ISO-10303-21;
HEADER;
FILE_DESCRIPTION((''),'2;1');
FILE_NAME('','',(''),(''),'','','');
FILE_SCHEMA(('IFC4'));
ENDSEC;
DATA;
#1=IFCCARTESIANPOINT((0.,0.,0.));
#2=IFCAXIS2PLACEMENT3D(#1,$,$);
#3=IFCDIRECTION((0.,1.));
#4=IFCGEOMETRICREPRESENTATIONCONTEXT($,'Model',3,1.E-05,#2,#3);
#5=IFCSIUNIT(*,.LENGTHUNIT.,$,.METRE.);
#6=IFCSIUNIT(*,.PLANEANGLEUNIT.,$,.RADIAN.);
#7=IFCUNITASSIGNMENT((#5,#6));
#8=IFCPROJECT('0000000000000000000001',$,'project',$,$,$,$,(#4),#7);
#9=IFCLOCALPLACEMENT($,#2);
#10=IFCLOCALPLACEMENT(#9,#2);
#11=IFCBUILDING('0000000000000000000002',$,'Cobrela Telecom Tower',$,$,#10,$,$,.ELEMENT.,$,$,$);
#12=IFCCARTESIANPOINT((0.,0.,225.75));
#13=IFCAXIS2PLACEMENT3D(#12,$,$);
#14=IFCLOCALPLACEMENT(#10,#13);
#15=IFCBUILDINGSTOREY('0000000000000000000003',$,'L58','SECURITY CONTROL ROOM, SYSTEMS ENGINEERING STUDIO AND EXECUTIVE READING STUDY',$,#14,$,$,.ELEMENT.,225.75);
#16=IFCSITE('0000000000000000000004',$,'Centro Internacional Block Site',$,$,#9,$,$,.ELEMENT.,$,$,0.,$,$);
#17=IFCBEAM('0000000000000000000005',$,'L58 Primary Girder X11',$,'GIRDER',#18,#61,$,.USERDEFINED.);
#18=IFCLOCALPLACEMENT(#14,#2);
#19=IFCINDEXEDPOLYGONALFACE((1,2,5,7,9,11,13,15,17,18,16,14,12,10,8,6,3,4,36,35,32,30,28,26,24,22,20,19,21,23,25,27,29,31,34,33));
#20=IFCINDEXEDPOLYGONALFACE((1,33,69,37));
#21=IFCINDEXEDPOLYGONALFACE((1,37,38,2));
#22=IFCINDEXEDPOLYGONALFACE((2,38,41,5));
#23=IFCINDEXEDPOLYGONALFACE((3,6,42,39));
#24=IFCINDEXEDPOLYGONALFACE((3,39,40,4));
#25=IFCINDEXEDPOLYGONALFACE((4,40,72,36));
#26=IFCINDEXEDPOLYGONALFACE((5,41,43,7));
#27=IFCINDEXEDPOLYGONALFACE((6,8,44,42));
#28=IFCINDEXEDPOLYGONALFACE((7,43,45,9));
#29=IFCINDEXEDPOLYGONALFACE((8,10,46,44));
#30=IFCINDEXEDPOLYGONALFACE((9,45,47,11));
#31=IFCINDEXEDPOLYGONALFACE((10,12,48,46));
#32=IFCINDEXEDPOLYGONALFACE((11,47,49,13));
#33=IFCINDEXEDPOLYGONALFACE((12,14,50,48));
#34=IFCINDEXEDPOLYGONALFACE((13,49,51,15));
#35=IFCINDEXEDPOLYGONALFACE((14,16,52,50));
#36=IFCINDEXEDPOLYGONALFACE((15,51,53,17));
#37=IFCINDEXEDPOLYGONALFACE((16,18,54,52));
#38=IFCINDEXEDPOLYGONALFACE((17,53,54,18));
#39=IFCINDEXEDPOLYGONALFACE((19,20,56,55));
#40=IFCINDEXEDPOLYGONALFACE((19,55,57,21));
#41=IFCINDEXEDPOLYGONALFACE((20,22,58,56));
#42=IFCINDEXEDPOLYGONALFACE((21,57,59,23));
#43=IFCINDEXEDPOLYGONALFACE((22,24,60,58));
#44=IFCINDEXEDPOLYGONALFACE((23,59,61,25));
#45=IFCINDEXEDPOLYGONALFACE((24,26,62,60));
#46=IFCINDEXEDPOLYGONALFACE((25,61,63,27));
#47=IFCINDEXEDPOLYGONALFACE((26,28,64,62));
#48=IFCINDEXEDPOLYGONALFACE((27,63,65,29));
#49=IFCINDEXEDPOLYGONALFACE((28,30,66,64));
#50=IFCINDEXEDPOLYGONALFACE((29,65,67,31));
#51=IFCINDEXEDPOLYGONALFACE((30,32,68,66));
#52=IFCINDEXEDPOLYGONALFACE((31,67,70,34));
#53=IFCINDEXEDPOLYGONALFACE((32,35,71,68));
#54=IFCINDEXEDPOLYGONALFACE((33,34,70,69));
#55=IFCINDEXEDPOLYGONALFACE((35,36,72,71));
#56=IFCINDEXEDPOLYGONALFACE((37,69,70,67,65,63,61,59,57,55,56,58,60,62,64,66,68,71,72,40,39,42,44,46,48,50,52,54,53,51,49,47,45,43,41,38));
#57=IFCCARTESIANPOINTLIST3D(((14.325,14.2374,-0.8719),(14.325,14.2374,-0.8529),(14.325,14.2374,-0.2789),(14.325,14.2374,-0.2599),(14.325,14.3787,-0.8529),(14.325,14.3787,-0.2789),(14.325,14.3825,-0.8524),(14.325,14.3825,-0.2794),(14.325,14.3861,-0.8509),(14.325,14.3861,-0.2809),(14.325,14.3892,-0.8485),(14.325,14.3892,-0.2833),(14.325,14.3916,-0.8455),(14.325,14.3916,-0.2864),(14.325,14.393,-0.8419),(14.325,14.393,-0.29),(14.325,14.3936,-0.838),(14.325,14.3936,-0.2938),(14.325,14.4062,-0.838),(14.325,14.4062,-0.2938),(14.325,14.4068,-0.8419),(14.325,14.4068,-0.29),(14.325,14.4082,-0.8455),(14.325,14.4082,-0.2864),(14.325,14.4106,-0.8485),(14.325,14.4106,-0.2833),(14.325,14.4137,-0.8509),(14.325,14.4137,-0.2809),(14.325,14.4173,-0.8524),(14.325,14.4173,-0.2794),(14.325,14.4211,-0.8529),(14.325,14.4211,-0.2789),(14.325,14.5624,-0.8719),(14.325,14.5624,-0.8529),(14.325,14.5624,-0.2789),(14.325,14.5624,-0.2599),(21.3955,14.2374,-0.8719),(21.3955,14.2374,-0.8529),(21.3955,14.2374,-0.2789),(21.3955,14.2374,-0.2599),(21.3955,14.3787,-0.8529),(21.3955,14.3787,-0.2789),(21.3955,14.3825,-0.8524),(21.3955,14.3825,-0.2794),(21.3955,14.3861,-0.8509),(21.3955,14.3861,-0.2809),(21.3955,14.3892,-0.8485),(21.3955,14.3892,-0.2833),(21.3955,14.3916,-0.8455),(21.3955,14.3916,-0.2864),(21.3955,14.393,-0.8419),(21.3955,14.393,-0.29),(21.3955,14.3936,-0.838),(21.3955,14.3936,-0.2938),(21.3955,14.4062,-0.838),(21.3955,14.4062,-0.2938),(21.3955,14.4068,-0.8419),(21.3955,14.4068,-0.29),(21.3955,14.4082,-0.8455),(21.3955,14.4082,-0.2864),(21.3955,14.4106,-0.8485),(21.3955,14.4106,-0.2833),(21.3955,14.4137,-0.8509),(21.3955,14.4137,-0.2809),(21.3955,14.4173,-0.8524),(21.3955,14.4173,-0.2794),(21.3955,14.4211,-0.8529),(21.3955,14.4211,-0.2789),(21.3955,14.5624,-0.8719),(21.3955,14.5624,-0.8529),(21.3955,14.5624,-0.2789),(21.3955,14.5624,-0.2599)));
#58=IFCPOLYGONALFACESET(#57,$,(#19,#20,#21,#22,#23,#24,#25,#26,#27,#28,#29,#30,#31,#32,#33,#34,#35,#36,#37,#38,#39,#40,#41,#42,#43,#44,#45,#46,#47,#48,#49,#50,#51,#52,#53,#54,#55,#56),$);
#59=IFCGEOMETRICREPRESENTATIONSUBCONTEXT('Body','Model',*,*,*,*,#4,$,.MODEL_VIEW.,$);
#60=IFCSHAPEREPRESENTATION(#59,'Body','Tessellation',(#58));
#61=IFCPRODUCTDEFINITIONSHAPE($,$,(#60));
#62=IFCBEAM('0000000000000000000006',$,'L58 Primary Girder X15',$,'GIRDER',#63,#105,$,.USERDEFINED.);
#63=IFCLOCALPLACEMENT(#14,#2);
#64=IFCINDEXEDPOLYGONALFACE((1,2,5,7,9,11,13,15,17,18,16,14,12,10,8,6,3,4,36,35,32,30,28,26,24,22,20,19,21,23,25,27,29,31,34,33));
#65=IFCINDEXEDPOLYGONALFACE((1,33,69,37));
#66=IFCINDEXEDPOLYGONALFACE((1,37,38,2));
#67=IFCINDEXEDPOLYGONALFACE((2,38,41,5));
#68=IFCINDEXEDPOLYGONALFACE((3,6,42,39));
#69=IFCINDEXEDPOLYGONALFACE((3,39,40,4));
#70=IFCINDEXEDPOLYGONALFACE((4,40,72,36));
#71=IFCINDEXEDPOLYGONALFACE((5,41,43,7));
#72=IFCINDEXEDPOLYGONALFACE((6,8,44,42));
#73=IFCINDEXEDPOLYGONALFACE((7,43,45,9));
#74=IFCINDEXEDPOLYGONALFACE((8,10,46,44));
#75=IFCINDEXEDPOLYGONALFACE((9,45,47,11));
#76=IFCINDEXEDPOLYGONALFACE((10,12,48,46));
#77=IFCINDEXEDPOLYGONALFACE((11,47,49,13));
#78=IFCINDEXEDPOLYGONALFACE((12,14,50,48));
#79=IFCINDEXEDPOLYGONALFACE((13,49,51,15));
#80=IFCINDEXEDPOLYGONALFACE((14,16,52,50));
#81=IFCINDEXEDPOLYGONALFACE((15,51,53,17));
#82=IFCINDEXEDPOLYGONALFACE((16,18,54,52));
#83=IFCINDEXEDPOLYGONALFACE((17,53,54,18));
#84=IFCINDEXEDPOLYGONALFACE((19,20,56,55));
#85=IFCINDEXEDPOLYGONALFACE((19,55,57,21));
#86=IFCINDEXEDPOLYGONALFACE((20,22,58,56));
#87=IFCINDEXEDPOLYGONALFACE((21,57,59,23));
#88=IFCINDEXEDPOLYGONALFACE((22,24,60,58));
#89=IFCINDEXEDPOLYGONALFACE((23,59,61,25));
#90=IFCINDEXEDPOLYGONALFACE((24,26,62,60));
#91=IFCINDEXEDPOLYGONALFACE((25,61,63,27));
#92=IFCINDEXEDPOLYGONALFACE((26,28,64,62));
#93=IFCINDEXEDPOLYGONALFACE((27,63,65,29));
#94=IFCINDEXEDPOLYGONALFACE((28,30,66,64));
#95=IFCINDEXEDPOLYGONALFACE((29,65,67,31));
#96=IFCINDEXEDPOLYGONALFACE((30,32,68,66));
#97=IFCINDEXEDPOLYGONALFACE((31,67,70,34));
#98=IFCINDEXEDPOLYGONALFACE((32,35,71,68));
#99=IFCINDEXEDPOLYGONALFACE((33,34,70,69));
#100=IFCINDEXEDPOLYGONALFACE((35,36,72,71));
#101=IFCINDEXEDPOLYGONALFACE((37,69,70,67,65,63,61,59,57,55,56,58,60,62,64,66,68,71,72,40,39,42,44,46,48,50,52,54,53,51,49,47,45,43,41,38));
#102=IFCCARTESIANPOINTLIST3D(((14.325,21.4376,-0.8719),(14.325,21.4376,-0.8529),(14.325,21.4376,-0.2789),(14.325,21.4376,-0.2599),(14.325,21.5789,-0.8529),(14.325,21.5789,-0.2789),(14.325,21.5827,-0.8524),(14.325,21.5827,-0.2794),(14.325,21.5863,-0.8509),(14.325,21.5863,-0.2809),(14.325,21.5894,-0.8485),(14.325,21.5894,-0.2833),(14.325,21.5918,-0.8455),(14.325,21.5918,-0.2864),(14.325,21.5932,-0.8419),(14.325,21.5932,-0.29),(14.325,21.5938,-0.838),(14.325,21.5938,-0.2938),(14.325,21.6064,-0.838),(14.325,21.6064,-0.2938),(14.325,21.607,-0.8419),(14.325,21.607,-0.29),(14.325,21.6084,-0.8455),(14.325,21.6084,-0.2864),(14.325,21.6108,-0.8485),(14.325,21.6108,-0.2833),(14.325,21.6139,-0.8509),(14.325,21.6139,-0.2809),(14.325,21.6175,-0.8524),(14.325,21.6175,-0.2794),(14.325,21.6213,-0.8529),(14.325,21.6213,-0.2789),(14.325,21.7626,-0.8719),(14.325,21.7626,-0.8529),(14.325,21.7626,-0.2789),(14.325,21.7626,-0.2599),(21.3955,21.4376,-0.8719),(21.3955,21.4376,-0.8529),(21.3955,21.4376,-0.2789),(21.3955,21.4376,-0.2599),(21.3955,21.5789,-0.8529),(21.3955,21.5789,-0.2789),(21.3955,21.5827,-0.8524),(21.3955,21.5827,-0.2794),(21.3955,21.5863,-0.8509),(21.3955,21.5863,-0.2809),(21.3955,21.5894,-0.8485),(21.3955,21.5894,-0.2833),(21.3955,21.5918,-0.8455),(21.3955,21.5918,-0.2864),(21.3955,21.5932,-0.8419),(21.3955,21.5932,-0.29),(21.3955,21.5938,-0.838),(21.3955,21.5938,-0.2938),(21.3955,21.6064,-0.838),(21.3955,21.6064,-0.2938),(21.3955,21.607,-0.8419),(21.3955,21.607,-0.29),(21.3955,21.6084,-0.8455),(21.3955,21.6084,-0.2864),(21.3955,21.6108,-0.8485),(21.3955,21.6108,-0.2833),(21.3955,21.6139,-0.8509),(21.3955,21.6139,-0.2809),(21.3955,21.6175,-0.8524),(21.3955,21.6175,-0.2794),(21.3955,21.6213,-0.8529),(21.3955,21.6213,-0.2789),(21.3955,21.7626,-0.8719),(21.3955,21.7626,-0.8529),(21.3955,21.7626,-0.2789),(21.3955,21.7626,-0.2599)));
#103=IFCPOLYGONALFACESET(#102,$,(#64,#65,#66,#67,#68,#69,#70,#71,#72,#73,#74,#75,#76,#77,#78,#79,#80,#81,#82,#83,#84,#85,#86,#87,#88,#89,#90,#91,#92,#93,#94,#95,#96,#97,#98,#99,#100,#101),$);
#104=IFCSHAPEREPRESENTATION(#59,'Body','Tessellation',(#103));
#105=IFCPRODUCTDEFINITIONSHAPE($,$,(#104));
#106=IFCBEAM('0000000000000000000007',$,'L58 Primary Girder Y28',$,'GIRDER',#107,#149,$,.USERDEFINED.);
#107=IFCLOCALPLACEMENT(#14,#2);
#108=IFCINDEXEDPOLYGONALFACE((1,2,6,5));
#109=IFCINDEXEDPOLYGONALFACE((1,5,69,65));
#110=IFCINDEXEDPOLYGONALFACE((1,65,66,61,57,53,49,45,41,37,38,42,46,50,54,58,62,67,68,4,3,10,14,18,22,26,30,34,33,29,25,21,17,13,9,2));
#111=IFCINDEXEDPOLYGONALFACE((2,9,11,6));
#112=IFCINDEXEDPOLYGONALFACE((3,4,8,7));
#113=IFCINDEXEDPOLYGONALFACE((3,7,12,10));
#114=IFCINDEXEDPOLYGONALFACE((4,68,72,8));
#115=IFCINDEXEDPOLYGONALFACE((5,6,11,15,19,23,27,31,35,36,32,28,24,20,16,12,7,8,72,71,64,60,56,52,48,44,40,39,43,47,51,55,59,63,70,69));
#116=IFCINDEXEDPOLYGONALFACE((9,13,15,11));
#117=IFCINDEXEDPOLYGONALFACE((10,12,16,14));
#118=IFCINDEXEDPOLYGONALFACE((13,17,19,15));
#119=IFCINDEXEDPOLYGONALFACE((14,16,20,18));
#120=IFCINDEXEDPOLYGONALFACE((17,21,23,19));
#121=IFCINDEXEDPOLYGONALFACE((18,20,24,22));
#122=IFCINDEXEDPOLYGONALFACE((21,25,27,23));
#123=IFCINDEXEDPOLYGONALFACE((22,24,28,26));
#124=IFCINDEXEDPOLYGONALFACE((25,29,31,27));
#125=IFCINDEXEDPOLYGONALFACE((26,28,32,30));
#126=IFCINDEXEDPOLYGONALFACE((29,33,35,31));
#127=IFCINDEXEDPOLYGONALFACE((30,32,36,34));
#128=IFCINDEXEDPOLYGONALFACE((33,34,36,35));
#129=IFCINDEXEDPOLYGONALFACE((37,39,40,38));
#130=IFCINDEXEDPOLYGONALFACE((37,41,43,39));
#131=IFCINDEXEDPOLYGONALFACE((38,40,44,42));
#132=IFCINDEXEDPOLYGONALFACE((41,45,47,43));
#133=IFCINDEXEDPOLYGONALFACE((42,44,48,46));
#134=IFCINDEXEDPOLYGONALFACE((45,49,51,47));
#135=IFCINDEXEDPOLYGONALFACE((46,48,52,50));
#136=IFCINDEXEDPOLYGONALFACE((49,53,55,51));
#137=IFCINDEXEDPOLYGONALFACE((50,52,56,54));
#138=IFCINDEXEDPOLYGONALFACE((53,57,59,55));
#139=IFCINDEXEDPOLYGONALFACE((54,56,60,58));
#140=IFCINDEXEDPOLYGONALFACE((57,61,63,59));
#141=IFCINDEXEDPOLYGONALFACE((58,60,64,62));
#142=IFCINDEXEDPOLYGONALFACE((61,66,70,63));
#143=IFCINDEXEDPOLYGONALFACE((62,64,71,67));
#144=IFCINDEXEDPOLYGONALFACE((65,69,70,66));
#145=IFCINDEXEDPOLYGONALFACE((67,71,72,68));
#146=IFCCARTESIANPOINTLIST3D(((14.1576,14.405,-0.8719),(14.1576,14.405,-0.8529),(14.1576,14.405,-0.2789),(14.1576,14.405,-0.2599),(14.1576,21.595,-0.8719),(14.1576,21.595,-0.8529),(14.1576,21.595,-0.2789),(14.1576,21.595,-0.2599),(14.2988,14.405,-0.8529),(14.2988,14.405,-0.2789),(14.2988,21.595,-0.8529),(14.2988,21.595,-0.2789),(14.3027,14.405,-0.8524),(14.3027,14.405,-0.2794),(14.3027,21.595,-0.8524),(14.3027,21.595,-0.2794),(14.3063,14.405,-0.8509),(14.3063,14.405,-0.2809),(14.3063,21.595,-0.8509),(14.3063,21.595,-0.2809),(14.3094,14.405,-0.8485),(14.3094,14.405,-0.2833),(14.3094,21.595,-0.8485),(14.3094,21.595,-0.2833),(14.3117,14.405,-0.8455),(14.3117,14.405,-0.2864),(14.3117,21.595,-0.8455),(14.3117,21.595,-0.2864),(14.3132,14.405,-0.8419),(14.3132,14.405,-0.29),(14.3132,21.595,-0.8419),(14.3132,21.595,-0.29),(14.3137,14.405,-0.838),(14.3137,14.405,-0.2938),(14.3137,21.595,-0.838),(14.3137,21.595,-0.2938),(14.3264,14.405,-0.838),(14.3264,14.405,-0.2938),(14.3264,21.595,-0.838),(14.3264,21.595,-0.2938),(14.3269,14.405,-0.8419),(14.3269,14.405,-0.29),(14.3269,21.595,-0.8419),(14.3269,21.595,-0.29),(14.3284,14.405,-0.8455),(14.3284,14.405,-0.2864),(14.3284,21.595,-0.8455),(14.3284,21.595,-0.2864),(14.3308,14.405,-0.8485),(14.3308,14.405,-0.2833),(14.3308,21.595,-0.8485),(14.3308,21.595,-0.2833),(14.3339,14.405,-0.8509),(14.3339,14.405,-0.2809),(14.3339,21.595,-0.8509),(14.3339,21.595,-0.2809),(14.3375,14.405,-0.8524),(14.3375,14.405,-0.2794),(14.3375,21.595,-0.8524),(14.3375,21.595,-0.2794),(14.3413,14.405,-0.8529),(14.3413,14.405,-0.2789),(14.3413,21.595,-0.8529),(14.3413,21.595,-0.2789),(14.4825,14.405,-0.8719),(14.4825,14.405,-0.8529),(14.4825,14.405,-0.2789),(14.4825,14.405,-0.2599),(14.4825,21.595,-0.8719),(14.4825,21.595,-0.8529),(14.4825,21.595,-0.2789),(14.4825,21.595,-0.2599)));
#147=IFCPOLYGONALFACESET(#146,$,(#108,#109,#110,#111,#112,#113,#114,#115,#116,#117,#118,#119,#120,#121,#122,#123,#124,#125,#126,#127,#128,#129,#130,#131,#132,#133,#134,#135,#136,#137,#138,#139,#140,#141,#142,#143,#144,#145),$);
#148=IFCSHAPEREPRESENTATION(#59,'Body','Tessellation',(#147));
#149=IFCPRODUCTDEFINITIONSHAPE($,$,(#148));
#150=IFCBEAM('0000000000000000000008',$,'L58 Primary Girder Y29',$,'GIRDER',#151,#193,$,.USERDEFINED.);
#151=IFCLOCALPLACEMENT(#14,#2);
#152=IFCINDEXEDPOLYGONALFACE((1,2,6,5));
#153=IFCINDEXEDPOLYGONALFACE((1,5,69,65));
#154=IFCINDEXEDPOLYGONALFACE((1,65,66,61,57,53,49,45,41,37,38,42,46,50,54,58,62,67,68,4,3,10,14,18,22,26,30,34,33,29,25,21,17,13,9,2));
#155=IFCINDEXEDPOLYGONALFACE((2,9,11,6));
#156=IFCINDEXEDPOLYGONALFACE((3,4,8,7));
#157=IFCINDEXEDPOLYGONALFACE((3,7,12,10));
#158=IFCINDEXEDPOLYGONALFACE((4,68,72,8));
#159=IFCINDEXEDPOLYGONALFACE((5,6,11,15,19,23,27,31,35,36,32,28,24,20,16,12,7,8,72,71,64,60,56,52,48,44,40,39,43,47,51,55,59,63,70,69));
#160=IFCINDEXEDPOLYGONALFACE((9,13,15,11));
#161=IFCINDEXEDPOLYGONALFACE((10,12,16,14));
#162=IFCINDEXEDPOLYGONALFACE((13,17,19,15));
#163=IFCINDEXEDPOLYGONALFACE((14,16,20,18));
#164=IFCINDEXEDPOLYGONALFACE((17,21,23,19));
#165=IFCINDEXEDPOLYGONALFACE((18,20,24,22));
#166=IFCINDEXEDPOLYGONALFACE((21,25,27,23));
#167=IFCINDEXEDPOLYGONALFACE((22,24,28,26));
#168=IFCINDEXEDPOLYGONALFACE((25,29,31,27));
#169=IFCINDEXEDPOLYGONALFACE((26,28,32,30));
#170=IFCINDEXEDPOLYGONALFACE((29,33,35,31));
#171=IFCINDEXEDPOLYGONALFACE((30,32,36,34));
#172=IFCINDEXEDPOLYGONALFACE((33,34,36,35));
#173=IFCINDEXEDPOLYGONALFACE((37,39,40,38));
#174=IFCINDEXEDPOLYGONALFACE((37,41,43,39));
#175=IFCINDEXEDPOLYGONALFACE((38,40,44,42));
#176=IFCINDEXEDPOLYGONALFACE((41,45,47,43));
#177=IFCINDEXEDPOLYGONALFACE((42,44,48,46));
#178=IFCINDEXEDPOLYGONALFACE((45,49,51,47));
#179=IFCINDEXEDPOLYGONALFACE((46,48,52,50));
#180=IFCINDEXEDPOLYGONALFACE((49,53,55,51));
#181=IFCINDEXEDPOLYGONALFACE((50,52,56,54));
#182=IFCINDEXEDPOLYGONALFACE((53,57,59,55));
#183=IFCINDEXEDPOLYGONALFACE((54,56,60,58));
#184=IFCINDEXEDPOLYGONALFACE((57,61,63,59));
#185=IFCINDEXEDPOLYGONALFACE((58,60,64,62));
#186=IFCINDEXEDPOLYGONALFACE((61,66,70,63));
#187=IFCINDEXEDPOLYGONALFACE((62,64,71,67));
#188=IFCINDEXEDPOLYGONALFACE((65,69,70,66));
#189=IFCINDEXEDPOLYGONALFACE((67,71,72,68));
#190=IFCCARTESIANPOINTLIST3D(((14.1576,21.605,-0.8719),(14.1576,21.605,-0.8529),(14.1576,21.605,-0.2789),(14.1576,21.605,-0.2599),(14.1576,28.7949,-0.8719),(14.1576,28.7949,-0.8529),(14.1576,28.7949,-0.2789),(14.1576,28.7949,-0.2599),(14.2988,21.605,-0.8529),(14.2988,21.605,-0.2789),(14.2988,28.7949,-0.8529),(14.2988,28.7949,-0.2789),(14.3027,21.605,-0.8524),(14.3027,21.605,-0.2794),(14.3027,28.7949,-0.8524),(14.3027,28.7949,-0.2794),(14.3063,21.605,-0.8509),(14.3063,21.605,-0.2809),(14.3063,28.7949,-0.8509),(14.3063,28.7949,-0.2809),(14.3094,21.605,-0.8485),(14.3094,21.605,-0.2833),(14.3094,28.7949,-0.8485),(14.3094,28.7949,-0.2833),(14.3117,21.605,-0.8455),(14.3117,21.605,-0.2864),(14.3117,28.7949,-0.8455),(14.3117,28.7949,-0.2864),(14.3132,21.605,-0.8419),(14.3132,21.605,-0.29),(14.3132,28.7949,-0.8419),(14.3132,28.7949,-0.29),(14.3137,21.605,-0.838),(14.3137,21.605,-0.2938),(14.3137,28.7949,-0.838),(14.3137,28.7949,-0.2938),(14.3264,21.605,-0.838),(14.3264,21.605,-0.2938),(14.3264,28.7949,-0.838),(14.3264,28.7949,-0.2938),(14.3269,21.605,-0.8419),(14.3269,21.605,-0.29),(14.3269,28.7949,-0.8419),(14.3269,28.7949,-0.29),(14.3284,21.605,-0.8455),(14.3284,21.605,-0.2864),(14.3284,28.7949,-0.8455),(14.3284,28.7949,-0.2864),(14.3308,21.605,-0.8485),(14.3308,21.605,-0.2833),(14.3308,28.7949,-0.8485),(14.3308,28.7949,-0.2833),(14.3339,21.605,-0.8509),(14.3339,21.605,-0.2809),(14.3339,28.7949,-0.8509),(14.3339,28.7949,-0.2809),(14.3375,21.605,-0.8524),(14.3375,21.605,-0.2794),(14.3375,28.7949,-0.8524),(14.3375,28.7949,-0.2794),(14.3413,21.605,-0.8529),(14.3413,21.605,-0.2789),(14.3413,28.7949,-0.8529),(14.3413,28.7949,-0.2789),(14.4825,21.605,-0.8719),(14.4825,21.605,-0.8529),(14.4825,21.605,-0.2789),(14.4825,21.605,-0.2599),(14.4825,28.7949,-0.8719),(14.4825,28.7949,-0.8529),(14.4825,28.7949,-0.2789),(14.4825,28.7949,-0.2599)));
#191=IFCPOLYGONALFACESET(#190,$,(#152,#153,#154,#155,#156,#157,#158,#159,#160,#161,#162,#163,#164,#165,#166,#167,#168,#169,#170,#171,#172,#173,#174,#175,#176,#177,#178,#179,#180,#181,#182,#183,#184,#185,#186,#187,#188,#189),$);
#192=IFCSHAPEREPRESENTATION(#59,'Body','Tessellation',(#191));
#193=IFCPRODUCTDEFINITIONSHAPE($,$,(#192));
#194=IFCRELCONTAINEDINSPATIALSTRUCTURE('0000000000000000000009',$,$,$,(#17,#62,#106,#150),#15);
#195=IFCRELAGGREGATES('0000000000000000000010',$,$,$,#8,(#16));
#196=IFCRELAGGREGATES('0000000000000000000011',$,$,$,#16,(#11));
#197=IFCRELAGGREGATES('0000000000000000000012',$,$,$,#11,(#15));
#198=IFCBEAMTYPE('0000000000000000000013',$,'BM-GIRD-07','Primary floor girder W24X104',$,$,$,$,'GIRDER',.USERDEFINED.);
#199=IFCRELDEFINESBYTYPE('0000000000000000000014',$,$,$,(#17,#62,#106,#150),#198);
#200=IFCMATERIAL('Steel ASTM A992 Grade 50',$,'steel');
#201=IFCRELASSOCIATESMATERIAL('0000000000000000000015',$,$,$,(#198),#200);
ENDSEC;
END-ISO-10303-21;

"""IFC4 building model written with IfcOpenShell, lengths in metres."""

from ifc_helpers import new_model, si_unit, direction, frame, origin, origin_2d, place, context, subcontext, project, spatial, i_section, extrude, material, material_profile, profile_set, type_object, element, save


model = new_model("IFC4")

# Units and contexts
model_context = context("Model", 3, precision=1e-05, world=origin(), true_north=direction((0.0, 1.0)))
body_context = subcontext(model_context, "Body", "Model", "MODEL_VIEW")
ifc_project = project(units=[si_unit("LENGTHUNIT", "METRE"), si_unit("PLANEANGLEUNIT", "RADIAN")], contexts=[model_context])

# Site, building, storey
site_placement = place(None, origin())
site = spatial("IfcSite", under=ifc_project, at=site_placement, Name="Centro Internacional Block Site", CompositionType="ELEMENT", RefElevation=0.0)
building_placement = place(site_placement, origin())
building = spatial("IfcBuilding", under=site, at=building_placement, Name="Cobrela Telecom Tower", CompositionType="ELEMENT")
storey_placement = place(building_placement, frame((0.0, 0.0, 225.75)))
storey = spatial("IfcBuildingStorey", under=building, at=storey_placement, Name="L58", Description="SECURITY CONTROL ROOM, SYSTEMS ENGINEERING STUDIO AND EXECUTIVE READING STUDY", CompositionType="ELEMENT", Elevation=225.75)

# Beams
ifc_material_1 = material(Name="Steel ASTM A992 Grade 50", Category="steel")
ifc_material_profile_1 = material_profile(ifc_material_1, i_section(OverallWidth=0.325, OverallDepth=0.6121, WebThickness=0.0127, FlangeThickness=0.019, FilletRadius=0.0149, at=origin_2d()), Name="W24X104")
ifc_profile_set_1 = profile_set([ifc_material_profile_1], Name="Steel ASTM A992 Grade 50")
beam_type_1 = type_object("IfcBeamType", Name="BM-GIRD-07", Description="Primary floor girder W24X104", ElementType="GIRDER", PredefinedType="USERDEFINED", material=ifc_profile_set_1)
for number, where, z_axis, x_axis, name in (
    (1, (14.325, 14.3999, -0.5659), (1.0, 0.0, 0.0), (0.0, 1.0, 0.0), "L58 Primary Girder X11"),
    (2, (14.325, 21.6001, -0.5659), (1.0, 0.0, 0.0), (0.0, 1.0, 0.0), "L58 Primary Girder X15"),
):
    element("IfcBeam", number, at=place(storey_placement, frame(where, z_axis=z_axis, x_axis=x_axis)), inside=storey, type_object=beam_type_1, Name=name, ObjectType="GIRDER", PredefinedType="USERDEFINED", context=body_context, shape_type="SweptSolid", body=[
        extrude(i_section(OverallWidth=0.325, OverallDepth=0.6121, WebThickness=0.0127, FlangeThickness=0.019, FilletRadius=0.0149, at=origin_2d()), origin(), (0.0, 0.0, 1.0), 7.0706),
    ])
for number, where, z_axis, x_axis, name in (
    (3, (14.3201, 14.405, -0.5659), (0.0, 1.0, 0.0), (-1.0, 0.0, 0.0), "L58 Primary Girder Y28"),
    (4, (14.3201, 21.605, -0.5659), (0.0, 1.0, 0.0), (-1.0, 0.0, 0.0), "L58 Primary Girder Y29"),
):
    element("IfcBeam", number, at=place(storey_placement, frame(where, z_axis=z_axis, x_axis=x_axis)), inside=storey, type_object=beam_type_1, Name=name, ObjectType="GIRDER", PredefinedType="USERDEFINED", context=body_context, shape_type="SweptSolid", body=[
        extrude(i_section(OverallWidth=0.325, OverallDepth=0.6121, WebThickness=0.0127, FlangeThickness=0.019, FilletRadius=0.0149, at=origin_2d()), origin(), (0.0, 0.0, 1.0), 7.1899),
    ])

save(model, "model.ifc")
